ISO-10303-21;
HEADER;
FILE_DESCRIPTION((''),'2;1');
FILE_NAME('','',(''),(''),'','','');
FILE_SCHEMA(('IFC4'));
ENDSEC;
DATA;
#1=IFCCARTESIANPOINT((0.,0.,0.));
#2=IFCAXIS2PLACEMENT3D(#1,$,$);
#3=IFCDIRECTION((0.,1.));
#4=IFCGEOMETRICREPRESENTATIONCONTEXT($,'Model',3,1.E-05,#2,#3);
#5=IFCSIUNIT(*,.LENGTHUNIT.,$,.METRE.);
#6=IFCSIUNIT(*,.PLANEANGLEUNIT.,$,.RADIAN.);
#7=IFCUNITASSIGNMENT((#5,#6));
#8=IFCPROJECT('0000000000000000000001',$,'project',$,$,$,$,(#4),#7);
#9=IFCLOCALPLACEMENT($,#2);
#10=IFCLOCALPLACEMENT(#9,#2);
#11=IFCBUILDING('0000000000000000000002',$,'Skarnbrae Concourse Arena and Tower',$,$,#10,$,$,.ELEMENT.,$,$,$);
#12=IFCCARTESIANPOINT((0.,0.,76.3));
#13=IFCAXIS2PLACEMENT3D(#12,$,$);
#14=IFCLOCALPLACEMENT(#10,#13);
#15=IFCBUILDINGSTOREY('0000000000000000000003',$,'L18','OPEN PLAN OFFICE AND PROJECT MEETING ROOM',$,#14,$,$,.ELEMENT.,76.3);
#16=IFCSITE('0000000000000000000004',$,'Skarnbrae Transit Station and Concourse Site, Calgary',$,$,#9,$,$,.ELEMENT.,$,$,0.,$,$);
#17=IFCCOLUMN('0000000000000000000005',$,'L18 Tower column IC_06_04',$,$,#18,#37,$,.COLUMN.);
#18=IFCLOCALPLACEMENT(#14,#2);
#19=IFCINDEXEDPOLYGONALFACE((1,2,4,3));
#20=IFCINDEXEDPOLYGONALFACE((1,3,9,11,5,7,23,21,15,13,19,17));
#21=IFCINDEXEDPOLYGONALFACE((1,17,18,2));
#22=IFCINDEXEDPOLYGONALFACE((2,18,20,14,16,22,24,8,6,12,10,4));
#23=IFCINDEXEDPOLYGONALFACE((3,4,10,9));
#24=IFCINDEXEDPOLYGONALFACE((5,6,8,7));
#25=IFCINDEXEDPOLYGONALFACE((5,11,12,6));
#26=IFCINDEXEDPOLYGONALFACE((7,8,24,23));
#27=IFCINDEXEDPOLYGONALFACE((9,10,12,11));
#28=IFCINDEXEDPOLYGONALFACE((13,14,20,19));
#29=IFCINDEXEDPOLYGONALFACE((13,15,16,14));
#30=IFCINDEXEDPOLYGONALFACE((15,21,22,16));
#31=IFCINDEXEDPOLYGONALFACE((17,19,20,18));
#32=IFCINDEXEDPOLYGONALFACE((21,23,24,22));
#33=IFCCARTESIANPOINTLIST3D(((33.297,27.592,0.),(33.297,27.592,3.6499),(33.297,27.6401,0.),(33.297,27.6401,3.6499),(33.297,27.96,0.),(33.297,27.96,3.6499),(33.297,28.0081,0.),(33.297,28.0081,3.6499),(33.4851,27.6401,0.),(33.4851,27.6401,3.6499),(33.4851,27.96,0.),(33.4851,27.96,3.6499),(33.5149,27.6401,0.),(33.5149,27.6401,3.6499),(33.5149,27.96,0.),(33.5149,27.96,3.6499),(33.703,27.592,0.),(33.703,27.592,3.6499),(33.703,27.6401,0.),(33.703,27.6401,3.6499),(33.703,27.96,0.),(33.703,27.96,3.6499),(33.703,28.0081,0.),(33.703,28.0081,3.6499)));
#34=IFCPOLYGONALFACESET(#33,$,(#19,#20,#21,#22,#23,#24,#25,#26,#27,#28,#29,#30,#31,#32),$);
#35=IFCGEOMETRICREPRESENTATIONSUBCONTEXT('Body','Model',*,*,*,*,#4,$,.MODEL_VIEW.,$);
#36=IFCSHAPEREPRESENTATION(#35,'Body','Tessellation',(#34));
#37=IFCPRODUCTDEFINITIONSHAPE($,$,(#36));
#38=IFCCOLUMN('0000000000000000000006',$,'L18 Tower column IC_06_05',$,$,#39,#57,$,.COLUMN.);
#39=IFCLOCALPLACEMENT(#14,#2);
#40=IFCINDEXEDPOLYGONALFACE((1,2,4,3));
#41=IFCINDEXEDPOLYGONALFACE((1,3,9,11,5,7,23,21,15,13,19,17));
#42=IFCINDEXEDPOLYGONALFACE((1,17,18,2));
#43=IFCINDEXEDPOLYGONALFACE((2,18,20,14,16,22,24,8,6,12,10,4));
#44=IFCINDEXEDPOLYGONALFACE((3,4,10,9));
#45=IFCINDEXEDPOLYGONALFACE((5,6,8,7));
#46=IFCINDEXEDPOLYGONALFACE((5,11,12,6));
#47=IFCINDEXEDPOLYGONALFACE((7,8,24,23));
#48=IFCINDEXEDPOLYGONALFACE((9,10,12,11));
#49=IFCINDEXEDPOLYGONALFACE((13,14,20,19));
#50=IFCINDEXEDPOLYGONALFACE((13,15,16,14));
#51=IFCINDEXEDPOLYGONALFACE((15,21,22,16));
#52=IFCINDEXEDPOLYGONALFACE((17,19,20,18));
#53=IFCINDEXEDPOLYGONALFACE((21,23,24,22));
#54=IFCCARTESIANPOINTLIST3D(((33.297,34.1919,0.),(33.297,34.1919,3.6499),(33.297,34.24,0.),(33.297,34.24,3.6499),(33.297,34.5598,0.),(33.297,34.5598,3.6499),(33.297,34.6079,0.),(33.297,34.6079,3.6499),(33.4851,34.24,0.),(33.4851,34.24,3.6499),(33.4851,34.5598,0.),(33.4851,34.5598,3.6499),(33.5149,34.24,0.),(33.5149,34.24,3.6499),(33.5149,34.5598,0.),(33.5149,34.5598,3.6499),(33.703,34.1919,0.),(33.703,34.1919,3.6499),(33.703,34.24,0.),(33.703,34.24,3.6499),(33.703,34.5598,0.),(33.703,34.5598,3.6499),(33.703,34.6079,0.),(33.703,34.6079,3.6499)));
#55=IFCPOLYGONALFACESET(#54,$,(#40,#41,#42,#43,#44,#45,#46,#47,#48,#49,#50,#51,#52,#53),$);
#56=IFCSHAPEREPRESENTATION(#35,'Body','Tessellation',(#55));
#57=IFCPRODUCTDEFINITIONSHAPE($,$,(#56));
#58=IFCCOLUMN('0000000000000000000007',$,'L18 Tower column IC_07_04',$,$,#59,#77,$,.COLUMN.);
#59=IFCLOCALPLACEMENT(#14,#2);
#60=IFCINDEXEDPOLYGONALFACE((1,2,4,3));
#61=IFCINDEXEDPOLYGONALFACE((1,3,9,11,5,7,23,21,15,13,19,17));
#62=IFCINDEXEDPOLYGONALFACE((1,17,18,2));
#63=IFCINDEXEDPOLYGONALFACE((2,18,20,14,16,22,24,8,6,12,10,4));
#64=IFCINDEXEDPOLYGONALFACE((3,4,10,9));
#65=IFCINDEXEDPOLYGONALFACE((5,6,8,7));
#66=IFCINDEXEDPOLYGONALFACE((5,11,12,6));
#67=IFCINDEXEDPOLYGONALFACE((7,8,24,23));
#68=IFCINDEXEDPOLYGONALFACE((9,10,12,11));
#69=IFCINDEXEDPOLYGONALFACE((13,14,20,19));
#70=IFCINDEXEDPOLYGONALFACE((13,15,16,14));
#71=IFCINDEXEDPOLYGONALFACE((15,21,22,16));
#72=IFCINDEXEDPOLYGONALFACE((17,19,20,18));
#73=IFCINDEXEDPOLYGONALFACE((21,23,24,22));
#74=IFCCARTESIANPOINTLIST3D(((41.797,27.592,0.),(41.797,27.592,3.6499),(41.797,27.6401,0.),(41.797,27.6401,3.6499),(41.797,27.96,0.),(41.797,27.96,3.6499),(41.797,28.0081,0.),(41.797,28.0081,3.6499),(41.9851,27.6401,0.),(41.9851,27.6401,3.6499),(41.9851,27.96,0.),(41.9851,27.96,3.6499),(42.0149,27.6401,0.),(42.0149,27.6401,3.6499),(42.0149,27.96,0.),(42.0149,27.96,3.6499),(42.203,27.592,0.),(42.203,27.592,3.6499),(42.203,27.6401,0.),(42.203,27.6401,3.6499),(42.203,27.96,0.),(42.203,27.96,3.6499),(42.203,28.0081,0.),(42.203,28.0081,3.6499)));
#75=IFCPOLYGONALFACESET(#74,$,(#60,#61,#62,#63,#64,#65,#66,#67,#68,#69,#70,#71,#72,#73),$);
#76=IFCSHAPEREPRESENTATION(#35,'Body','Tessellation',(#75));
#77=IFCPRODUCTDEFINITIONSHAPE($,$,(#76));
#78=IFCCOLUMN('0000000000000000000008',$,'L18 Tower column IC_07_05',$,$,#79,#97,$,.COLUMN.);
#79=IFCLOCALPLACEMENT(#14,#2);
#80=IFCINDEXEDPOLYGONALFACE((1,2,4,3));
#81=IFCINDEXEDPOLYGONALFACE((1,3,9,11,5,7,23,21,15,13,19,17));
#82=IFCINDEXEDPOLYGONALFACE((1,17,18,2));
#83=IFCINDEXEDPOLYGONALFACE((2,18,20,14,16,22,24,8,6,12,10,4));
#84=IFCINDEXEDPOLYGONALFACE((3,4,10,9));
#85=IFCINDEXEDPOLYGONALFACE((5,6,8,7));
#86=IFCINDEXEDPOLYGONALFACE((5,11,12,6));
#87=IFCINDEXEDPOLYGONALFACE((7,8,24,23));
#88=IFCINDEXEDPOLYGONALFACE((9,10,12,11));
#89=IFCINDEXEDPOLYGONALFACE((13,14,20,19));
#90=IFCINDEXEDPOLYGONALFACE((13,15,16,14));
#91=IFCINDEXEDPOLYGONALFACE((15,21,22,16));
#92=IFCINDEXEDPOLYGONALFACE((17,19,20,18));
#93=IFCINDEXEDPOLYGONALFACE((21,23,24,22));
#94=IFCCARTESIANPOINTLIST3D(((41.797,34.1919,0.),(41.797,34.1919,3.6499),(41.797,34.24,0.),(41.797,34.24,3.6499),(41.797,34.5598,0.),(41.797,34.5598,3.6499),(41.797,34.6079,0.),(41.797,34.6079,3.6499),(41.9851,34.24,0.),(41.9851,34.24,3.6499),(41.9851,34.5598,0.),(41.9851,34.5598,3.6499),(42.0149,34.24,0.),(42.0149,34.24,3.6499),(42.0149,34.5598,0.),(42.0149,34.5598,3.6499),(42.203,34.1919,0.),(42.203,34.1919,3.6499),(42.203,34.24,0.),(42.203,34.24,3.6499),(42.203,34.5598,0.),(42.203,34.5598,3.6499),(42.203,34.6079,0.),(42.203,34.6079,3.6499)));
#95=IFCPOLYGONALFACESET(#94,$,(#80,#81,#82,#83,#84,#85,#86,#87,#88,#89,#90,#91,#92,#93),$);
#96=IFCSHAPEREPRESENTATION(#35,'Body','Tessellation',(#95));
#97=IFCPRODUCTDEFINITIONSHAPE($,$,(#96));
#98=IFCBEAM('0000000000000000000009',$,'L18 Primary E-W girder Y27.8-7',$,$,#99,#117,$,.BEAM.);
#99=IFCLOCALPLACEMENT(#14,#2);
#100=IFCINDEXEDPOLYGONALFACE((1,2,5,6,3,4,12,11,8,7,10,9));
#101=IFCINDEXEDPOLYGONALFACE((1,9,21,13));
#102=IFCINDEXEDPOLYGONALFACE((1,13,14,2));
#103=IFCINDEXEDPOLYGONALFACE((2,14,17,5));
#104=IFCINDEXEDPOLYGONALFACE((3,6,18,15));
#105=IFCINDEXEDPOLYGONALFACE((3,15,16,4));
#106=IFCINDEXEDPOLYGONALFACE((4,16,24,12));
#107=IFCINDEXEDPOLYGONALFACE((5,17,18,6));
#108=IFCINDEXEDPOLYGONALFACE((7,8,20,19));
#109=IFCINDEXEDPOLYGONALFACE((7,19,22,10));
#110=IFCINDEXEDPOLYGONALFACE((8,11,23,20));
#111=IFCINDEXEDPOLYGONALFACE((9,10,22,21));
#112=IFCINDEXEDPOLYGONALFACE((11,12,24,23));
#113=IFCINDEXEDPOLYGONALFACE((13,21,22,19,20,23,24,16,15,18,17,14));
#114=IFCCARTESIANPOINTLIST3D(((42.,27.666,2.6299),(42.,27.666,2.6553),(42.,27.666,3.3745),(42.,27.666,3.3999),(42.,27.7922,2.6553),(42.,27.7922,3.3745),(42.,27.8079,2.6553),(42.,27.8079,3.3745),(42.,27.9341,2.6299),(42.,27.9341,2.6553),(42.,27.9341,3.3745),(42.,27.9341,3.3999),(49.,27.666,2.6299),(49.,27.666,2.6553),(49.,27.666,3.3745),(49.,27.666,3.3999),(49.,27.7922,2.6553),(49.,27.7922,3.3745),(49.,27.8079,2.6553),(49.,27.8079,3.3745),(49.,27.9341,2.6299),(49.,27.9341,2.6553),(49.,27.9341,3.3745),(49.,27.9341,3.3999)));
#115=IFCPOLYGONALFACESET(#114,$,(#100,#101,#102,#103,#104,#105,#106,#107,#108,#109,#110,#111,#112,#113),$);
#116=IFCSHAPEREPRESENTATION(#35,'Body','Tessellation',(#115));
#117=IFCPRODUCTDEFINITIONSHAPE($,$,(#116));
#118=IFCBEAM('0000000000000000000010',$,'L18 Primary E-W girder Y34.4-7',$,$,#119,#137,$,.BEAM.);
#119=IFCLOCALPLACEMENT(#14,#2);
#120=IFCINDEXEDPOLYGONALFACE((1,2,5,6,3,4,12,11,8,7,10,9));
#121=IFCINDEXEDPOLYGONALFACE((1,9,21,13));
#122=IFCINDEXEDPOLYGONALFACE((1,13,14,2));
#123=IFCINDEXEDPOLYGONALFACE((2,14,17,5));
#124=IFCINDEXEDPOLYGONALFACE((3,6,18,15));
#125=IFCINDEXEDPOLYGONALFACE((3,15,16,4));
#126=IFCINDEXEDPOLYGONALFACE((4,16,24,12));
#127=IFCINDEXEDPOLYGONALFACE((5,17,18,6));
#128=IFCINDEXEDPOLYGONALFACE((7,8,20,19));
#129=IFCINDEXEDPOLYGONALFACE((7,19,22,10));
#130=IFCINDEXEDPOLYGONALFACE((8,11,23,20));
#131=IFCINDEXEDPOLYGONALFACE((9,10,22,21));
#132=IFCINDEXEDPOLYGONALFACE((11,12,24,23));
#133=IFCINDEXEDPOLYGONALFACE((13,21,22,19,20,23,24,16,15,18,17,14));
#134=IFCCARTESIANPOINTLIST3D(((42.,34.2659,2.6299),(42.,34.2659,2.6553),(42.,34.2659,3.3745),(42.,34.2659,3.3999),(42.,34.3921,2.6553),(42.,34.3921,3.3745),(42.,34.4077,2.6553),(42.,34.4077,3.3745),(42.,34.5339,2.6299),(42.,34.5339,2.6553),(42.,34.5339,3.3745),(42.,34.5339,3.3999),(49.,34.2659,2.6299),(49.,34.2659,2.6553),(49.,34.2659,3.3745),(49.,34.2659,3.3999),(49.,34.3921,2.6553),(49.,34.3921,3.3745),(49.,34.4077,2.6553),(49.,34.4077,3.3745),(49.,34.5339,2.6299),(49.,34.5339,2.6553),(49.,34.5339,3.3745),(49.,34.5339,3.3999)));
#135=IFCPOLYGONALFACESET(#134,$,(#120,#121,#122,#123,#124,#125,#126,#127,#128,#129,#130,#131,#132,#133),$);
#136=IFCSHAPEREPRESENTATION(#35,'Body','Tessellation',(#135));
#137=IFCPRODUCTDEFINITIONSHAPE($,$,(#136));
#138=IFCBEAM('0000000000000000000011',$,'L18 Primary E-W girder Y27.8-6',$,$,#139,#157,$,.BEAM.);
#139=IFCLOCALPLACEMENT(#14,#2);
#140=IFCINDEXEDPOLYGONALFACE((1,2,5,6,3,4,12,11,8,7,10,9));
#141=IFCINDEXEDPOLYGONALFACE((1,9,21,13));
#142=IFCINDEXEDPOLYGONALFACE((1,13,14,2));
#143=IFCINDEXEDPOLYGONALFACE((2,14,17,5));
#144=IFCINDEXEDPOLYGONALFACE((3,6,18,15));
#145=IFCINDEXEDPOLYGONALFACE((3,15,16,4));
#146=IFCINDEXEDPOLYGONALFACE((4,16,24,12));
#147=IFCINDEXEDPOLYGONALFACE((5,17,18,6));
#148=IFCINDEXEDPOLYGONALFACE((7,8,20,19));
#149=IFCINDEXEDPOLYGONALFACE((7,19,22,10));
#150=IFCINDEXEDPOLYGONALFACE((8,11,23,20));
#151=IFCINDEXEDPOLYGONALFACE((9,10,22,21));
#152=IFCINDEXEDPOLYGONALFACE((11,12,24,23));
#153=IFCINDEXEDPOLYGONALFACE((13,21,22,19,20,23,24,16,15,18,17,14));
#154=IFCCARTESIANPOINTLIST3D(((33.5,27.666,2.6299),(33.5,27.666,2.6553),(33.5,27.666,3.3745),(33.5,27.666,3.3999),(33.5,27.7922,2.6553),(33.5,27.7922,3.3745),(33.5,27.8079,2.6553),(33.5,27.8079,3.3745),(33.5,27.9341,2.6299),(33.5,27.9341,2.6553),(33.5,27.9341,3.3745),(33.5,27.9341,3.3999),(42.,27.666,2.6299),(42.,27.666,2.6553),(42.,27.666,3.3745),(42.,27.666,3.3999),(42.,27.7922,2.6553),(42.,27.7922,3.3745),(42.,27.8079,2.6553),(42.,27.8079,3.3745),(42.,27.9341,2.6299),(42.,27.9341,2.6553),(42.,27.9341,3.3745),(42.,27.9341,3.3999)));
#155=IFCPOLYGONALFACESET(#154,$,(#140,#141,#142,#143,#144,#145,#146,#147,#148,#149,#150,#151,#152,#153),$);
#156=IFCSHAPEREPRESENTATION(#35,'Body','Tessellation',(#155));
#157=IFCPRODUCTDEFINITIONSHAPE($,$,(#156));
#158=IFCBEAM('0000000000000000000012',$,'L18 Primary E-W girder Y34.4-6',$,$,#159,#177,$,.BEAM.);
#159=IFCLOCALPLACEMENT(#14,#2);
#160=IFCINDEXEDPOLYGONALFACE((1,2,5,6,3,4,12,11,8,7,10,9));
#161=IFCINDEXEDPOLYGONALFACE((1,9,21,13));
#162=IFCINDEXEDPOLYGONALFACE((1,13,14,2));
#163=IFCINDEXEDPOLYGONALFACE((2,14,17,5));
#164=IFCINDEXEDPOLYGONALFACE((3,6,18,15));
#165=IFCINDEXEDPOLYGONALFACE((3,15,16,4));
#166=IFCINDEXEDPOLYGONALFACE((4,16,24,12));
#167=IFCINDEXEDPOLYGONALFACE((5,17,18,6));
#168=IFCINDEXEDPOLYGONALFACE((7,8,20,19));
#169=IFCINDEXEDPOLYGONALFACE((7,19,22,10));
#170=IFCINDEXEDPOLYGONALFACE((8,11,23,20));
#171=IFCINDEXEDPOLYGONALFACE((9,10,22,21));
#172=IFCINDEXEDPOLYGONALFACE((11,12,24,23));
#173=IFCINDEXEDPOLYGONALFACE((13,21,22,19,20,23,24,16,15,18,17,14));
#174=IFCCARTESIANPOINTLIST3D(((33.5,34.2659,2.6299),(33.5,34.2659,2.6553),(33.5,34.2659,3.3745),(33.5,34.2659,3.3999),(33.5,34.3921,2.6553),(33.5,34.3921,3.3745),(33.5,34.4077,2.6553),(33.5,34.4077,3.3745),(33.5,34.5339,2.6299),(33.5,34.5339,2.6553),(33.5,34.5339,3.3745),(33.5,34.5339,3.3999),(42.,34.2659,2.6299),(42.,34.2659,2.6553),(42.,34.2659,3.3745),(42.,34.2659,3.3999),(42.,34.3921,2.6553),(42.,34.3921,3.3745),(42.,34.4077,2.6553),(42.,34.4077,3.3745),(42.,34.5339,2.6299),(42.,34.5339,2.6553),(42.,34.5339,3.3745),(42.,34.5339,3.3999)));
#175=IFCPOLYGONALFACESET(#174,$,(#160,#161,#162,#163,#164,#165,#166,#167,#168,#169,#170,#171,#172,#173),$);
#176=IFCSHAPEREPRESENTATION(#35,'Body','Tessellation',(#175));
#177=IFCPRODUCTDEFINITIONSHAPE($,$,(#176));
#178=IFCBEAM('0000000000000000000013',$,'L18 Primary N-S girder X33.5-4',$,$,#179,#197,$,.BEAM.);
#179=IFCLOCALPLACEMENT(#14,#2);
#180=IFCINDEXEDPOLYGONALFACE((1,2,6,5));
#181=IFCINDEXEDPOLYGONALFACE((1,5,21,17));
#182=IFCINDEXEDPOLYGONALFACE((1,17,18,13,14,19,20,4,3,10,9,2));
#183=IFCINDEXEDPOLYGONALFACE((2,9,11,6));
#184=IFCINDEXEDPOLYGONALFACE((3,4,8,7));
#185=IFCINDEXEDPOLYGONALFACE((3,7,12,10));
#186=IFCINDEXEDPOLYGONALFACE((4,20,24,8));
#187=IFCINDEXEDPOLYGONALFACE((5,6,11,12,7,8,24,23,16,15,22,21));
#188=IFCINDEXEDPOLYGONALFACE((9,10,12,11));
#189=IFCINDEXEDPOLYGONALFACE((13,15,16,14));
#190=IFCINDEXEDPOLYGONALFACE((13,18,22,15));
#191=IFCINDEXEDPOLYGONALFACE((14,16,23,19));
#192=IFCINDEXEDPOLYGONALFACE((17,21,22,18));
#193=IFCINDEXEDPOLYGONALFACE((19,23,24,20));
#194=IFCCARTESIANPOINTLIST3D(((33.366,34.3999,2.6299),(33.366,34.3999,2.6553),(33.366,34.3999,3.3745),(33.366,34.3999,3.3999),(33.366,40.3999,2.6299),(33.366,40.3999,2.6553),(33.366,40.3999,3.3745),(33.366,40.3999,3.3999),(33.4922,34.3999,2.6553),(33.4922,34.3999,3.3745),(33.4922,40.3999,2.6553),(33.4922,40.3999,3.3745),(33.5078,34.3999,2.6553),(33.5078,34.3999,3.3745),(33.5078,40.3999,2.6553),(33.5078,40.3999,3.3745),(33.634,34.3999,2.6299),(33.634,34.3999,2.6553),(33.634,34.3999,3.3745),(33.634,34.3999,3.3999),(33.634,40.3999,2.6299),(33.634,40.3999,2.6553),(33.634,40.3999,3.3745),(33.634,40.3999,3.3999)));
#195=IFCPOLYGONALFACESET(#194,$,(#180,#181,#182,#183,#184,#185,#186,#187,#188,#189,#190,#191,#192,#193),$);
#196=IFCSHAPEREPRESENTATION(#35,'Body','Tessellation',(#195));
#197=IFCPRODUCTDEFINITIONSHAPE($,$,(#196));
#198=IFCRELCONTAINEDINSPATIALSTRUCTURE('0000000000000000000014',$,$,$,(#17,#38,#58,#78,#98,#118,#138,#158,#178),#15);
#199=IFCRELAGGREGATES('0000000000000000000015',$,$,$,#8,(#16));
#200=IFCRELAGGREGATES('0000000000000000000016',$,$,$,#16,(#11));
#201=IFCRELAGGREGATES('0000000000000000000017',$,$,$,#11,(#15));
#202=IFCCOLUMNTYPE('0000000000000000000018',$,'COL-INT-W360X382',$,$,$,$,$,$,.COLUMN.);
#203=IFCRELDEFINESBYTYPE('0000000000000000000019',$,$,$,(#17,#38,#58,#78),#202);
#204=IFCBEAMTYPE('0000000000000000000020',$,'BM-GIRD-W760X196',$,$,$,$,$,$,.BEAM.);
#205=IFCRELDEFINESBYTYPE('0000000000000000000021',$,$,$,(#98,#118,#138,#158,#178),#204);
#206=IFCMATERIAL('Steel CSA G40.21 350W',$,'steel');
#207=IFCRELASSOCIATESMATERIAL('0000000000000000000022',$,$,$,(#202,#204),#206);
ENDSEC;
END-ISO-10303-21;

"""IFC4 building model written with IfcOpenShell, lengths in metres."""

from ifc_helpers import new_model, si_unit, direction, frame, origin, origin_2d, place, context, subcontext, project, spatial, i_section, extrude, source, transform, mapped, material, material_profile, profile_set, type_object, element, save


model = new_model("IFC4")

# Units and contexts
model_context = context("Model", 3, precision=1e-05, world=origin(), true_north=direction((0.0, 1.0)))
body_context = subcontext(model_context, "Body", "Model", "MODEL_VIEW")
ifc_project = project(units=[si_unit("LENGTHUNIT", "METRE"), si_unit("PLANEANGLEUNIT", "RADIAN")], contexts=[model_context])

# Site, building, storey
site_placement = place(None, origin())
site = spatial("IfcSite", under=ifc_project, at=site_placement, Name="Skarnbrae Transit Station and Concourse Site, Calgary", CompositionType="ELEMENT", RefElevation=0.0)
building_placement = place(site_placement, origin())
building = spatial("IfcBuilding", under=site, at=building_placement, Name="Skarnbrae Concourse Arena and Tower", CompositionType="ELEMENT")
storey_placement = place(building_placement, frame((0.0, 0.0, 76.3)))
storey = spatial("IfcBuildingStorey", under=building, at=storey_placement, Name="L18", Description="OPEN PLAN OFFICE AND PROJECT MEETING ROOM", CompositionType="ELEMENT", Elevation=76.3)

# Columns
ifc_material_1 = material(Name="Steel CSA G40.21 350W", Category="steel")
ifc_material_profile_1 = material_profile(ifc_material_1, i_section(OverallWidth=0.406, OverallDepth=0.416, WebThickness=0.0298, FlangeThickness=0.0481, at=origin_2d()), Name="W360X382")
ifc_profile_set_1 = profile_set([ifc_material_profile_1], Name="Steel CSA G40.21 350W")
column_type = type_object("IfcColumnType", Name="COL-INT-W360X382", PredefinedType="COLUMN", material=ifc_profile_set_1)
shared_shape_1 = source(origin(), body_context, "Body", "SweptSolid", [
    extrude(i_section(OverallWidth=0.406, OverallDepth=0.416, WebThickness=0.0298, FlangeThickness=0.0481, at=origin_2d()), origin(), (0.0, 0.0, 1.0), 3.6499),
])
for number, where, z_axis, x_axis, name in (
    (1, (33.5, 27.8, 0.0), (0.0, 0.0, 1.0), (1.0, 0.0, 0.0), "L18 Tower column IC_06_04"),
    (2, (33.5, 34.3999, 0.0), (0.0, 0.0, 1.0), (1.0, 0.0, 0.0), "L18 Tower column IC_06_05"),
    (3, (42.0, 27.8, 0.0), (0.0, 0.0, 1.0), (1.0, 0.0, 0.0), "L18 Tower column IC_07_04"),
    (4, (42.0, 34.3999, 0.0), (0.0, 0.0, 1.0), (1.0, 0.0, 0.0), "L18 Tower column IC_07_05"),
):
    element("IfcColumn", number, at=place(storey_placement, frame(where, z_axis=z_axis, x_axis=x_axis)), inside=storey, type_object=column_type, Name=name, PredefinedType="COLUMN", context=body_context, shape_type="MappedRepresentation", body=[
        mapped(shared_shape_1, transform((0.0, 0.0, 0.0))),
    ])

# Beams
ifc_material_profile_2 = material_profile(ifc_material_1, i_section(OverallWidth=0.2681, OverallDepth=0.77, WebThickness=0.0156, FlangeThickness=0.0254, at=origin_2d()), Name="W760X196")
ifc_profile_set_2 = profile_set([ifc_material_profile_2], Name="Steel CSA G40.21 350W")
beam_type_1 = type_object("IfcBeamType", Name="BM-GIRD-W760X196", PredefinedType="BEAM", material=ifc_profile_set_2)
shared_shape_2 = source(origin(), body_context, "Body", "SweptSolid", [
    extrude(i_section(OverallWidth=0.2681, OverallDepth=0.77, WebThickness=0.0156, FlangeThickness=0.0254, at=origin_2d()), origin(), (0.0, 0.0, 1.0), 7.0),
])
for number, where, z_axis, x_axis, name in (
    (5, (42.0, 27.8, 3.0149), (1.0, 0.0, 0.0), (0.0, 1.0, 0.0), "L18 Primary E-W girder Y27.8-7"),
    (6, (42.0, 34.3999, 3.0149), (1.0, 0.0, 0.0), (0.0, 1.0, 0.0), "L18 Primary E-W girder Y34.4-7"),
):
    element("IfcBeam", number, at=place(storey_placement, frame(where, z_axis=z_axis, x_axis=x_axis)), inside=storey, type_object=beam_type_1, Name=name, PredefinedType="BEAM", context=body_context, shape_type="MappedRepresentation", body=[
        mapped(shared_shape_2, transform((0.0, 0.0, 0.0))),
    ])
shared_shape_3 = source(origin(), body_context, "Body", "SweptSolid", [
    extrude(i_section(OverallWidth=0.2681, OverallDepth=0.77, WebThickness=0.0156, FlangeThickness=0.0254, at=origin_2d()), origin(), (0.0, 0.0, 1.0), 8.5),
])
for number, where, z_axis, x_axis, name in (
    (7, (33.5, 27.8, 3.0149), (1.0, 0.0, 0.0), (0.0, 1.0, 0.0), "L18 Primary E-W girder Y27.8-6"),
    (8, (33.5, 34.3999, 3.0149), (1.0, 0.0, 0.0), (0.0, 1.0, 0.0), "L18 Primary E-W girder Y34.4-6"),
):
    element("IfcBeam", number, at=place(storey_placement, frame(where, z_axis=z_axis, x_axis=x_axis)), inside=storey, type_object=beam_type_1, Name=name, PredefinedType="BEAM", context=body_context, shape_type="MappedRepresentation", body=[
        mapped(shared_shape_3, transform((0.0, 0.0, 0.0))),
    ])
shared_shape_4 = source(origin(), body_context, "Body", "SweptSolid", [
    extrude(i_section(OverallWidth=0.2681, OverallDepth=0.77, WebThickness=0.0156, FlangeThickness=0.0254, at=origin_2d()), origin(), (0.0, 0.0, 1.0), 6.0),
])
for number, where, z_axis, x_axis, name in (
    (9, (33.5, 34.3999, 3.0149), (0.0, 1.0, 0.0), (-1.0, 0.0, 0.0), "L18 Primary N-S girder X33.5-4"),
):
    element("IfcBeam", number, at=place(storey_placement, frame(where, z_axis=z_axis, x_axis=x_axis)), inside=storey, type_object=beam_type_1, Name=name, PredefinedType="BEAM", context=body_context, shape_type="MappedRepresentation", body=[
        mapped(shared_shape_4, transform((0.0, 0.0, 0.0))),
    ])

save(model, "model.ifc")
